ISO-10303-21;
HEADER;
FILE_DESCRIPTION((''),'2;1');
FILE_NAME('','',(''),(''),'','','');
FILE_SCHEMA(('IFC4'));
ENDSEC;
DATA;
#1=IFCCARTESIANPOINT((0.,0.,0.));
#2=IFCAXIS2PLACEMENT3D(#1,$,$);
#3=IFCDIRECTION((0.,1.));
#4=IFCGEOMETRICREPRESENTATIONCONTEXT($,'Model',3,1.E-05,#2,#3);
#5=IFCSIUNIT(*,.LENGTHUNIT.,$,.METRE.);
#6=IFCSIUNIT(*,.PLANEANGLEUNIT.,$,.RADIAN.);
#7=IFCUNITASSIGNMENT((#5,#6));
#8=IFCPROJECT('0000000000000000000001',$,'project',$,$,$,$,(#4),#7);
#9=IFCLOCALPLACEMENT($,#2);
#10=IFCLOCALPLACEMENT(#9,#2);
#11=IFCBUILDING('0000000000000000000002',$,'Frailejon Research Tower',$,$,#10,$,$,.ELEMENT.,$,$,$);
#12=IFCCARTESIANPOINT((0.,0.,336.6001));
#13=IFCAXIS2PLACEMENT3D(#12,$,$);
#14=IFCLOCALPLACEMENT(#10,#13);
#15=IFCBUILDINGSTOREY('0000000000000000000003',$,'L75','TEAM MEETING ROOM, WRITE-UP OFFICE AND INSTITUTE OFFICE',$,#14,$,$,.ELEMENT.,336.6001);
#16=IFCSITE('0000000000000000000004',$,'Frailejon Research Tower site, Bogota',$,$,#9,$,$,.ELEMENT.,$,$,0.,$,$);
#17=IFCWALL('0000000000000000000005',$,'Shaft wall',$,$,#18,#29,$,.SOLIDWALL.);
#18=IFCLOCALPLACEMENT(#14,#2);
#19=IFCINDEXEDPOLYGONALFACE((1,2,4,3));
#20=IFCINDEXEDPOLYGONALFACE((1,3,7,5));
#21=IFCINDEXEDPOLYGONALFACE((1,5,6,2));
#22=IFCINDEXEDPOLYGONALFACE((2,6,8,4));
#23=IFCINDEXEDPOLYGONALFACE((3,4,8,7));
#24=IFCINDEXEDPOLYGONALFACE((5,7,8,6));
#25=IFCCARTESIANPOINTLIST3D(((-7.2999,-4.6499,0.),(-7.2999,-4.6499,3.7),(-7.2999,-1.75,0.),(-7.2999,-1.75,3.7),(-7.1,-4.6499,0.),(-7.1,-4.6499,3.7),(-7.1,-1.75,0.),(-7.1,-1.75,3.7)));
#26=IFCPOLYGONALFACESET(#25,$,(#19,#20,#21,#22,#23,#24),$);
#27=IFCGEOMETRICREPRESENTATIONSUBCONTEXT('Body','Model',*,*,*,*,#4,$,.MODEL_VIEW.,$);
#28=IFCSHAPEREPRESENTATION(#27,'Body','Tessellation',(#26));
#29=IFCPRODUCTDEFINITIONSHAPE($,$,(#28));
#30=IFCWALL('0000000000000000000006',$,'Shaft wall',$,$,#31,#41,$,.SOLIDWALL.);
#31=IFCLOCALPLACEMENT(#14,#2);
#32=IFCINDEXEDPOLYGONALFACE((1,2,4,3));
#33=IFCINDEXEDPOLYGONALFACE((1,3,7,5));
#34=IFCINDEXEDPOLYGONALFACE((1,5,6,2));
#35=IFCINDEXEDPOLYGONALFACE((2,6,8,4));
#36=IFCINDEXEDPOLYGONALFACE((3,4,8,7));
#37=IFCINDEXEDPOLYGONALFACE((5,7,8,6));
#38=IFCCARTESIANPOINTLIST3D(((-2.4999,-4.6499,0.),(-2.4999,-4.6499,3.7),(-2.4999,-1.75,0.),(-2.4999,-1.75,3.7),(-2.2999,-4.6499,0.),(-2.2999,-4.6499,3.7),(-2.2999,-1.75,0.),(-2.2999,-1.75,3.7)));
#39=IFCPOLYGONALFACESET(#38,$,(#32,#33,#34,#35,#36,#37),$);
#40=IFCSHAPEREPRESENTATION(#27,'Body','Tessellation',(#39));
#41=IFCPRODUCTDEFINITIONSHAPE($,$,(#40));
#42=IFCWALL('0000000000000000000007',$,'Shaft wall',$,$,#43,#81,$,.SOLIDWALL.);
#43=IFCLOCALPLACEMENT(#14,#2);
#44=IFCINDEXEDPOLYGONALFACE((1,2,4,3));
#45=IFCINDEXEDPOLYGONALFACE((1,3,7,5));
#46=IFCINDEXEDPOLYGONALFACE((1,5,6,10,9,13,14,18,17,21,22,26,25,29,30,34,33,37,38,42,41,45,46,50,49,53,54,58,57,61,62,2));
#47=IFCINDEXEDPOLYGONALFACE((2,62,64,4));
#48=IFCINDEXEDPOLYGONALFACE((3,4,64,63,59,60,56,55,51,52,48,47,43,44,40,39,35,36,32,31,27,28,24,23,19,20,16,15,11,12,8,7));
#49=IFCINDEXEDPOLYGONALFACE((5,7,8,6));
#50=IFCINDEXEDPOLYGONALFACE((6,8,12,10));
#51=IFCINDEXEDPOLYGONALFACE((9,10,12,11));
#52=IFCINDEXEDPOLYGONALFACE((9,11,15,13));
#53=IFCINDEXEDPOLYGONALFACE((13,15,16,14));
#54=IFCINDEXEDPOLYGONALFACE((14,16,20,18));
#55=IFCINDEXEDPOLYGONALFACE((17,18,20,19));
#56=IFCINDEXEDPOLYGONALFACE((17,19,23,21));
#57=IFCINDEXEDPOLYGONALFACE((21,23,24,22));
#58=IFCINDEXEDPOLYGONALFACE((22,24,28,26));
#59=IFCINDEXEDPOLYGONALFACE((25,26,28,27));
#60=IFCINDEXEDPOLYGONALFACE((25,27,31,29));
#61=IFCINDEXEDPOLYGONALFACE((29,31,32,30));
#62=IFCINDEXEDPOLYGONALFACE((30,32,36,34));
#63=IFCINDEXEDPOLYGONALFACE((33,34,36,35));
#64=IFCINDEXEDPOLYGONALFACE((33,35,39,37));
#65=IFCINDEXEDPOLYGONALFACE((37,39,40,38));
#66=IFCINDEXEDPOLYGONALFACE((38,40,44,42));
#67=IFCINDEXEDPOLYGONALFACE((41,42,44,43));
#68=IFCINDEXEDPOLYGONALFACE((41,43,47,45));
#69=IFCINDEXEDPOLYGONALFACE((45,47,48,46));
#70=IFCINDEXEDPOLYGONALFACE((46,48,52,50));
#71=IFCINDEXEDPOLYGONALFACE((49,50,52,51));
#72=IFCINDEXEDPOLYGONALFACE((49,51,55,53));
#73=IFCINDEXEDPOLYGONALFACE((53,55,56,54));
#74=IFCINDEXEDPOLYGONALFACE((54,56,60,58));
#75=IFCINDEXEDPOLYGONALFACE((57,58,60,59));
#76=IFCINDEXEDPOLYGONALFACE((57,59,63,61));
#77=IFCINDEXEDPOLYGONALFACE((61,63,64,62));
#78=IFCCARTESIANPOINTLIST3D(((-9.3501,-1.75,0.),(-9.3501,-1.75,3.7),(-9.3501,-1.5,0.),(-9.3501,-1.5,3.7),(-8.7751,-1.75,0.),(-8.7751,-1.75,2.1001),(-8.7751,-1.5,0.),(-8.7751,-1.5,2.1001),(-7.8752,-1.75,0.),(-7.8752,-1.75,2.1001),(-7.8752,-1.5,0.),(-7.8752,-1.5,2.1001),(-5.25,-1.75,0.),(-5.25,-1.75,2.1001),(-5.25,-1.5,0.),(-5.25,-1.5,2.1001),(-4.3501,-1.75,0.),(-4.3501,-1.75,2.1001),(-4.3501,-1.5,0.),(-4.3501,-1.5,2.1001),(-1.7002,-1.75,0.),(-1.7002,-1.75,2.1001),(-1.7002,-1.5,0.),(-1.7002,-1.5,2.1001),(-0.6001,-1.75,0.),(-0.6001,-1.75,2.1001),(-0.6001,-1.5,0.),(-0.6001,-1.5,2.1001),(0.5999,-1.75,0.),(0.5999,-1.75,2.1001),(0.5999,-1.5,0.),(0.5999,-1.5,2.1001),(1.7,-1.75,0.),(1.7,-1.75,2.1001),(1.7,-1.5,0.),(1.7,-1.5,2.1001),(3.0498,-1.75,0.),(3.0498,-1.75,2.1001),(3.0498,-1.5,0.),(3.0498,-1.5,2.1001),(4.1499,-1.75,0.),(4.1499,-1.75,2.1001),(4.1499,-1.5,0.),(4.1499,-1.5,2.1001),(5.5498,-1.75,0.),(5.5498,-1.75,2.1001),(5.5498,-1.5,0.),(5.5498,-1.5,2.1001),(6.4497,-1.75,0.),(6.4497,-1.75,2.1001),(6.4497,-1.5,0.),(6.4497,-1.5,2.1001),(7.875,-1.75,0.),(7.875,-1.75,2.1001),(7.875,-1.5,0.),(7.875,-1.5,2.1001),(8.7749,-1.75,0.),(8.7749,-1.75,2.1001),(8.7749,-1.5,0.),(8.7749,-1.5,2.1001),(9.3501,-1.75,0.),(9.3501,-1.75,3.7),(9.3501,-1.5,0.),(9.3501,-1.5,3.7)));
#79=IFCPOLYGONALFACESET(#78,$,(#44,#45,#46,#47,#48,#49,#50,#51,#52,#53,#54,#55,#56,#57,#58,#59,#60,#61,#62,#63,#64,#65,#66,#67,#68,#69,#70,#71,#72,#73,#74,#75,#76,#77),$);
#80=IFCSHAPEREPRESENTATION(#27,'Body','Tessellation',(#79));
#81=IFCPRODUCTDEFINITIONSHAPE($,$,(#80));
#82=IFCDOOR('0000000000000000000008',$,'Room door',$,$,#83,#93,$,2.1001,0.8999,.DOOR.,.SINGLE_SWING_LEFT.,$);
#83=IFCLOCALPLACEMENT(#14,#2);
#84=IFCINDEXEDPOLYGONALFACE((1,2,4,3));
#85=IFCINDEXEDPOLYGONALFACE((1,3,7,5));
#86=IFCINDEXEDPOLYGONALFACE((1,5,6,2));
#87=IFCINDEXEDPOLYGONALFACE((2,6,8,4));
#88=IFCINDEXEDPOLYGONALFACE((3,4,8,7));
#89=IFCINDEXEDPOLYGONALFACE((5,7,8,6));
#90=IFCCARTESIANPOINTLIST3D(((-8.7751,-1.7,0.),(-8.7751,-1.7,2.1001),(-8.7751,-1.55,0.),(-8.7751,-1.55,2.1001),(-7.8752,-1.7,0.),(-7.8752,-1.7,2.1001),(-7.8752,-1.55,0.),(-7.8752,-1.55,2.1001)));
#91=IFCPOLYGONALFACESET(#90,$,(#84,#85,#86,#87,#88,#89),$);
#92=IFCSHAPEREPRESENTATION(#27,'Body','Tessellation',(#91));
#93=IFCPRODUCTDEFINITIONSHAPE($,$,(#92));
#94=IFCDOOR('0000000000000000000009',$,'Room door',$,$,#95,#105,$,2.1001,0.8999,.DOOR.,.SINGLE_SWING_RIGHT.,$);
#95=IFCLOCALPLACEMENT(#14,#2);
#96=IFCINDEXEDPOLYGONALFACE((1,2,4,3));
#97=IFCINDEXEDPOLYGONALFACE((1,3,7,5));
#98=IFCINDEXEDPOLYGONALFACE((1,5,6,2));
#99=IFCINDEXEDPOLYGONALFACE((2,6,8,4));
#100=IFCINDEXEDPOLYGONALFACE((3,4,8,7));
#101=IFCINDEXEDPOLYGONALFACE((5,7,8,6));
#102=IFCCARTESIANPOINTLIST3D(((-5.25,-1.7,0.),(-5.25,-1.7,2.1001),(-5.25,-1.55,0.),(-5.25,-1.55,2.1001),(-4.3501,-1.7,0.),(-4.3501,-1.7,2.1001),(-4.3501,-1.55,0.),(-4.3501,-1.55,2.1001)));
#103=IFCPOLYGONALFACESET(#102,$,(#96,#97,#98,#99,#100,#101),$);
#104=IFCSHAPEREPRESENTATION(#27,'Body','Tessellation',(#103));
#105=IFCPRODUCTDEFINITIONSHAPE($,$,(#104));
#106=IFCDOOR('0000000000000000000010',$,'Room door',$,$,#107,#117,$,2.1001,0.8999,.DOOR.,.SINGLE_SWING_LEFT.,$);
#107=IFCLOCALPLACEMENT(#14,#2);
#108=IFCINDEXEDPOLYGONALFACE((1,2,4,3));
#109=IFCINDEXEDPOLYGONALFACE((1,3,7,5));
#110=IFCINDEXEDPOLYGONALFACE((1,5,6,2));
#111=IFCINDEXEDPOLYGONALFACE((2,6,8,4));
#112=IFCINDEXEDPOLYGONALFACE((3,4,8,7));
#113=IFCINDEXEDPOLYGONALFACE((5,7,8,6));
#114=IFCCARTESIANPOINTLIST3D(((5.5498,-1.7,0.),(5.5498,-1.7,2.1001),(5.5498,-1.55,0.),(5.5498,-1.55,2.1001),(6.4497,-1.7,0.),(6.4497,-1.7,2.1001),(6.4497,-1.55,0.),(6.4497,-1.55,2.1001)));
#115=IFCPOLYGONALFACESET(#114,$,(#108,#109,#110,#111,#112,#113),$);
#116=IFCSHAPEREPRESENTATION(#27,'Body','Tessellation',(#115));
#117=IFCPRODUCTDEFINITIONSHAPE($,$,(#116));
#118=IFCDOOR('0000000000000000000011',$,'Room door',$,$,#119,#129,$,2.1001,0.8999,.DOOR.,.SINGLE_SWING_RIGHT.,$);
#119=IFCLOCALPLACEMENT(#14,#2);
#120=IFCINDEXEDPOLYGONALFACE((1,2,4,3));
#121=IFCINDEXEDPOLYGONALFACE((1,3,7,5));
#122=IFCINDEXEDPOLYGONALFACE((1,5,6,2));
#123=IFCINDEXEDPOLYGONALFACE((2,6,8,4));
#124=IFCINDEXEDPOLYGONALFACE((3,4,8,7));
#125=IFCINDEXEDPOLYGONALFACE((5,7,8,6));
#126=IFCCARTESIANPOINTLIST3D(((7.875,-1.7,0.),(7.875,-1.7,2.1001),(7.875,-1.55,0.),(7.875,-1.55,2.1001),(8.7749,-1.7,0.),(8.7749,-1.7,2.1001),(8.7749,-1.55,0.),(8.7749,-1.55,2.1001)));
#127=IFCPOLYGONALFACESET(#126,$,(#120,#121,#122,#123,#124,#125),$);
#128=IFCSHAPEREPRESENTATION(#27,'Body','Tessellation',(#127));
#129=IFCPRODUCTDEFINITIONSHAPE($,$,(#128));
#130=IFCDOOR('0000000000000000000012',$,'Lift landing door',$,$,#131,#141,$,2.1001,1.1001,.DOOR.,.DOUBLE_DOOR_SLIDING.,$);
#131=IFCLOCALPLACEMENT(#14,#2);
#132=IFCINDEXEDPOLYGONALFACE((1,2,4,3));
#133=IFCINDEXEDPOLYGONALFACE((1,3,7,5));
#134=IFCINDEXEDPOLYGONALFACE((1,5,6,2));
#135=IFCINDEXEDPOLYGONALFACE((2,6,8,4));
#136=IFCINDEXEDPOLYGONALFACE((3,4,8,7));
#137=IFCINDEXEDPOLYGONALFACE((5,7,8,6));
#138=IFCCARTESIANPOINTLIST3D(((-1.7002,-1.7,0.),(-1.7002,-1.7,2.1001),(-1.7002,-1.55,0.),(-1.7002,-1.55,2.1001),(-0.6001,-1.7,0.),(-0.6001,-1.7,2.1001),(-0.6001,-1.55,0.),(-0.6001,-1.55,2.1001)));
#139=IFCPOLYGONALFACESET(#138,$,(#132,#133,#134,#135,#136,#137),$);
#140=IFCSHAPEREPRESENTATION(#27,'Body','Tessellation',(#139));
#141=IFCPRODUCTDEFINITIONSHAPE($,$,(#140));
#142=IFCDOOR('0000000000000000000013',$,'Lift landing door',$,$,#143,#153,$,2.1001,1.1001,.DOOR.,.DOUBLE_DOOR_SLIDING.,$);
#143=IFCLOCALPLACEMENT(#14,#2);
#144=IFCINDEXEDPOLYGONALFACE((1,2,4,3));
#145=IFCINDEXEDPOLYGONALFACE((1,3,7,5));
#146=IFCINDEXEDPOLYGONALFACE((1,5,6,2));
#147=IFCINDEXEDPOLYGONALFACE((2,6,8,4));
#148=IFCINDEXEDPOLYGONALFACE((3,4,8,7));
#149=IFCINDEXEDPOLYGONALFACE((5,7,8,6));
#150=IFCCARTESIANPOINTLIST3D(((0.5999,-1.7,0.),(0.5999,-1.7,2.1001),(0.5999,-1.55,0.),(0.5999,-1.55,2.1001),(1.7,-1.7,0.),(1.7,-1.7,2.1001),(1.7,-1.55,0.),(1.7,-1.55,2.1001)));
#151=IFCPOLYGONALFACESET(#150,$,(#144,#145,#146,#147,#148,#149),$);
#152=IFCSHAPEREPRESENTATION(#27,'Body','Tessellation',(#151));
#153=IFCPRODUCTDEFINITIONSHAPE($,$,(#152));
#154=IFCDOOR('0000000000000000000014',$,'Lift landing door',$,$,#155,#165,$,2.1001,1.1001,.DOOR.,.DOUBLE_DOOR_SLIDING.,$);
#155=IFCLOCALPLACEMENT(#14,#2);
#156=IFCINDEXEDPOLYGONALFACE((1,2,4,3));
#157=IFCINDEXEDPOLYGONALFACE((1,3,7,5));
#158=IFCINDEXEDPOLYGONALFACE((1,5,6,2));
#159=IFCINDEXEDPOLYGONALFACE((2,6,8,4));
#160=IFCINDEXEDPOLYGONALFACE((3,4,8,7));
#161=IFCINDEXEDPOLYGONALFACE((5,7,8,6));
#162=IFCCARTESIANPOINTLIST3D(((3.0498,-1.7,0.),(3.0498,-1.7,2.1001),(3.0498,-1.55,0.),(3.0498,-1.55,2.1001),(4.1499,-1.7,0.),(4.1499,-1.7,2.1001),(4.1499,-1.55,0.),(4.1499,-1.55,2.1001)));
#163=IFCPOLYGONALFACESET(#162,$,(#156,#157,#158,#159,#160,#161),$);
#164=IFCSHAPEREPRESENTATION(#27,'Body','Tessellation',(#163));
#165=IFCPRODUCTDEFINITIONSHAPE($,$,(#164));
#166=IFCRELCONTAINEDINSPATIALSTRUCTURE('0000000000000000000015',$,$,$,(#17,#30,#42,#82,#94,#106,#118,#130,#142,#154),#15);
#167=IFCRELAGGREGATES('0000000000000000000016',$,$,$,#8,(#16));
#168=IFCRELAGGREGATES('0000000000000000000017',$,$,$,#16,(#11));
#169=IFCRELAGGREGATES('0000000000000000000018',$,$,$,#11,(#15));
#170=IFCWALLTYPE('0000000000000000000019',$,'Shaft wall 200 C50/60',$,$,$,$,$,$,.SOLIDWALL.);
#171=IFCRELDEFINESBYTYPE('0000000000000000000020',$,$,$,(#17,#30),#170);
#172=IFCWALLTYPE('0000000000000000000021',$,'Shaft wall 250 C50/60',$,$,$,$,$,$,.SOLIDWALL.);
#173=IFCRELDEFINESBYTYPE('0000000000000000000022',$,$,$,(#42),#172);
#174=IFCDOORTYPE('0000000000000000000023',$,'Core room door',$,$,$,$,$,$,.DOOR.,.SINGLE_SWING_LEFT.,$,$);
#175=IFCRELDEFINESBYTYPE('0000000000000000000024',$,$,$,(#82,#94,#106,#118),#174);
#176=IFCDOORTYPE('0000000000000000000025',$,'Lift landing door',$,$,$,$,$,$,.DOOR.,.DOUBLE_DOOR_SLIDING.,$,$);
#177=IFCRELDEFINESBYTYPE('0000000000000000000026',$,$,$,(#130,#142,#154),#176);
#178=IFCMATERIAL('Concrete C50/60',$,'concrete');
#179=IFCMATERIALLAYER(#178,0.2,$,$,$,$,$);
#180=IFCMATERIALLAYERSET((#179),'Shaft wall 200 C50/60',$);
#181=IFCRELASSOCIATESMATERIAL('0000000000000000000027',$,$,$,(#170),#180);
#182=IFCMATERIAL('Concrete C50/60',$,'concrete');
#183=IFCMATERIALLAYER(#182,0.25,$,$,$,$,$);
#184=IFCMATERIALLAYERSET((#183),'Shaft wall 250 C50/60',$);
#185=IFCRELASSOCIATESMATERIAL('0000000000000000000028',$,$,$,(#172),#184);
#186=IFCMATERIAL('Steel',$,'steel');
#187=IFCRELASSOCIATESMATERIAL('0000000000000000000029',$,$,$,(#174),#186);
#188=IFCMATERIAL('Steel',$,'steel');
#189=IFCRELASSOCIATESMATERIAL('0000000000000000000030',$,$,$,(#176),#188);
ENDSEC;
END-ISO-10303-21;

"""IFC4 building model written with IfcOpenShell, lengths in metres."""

from ifc_helpers import new_model, si_unit, direction, frame, frame_2d, origin, place, context, subcontext, project, spatial, rectangle, extrude, material, layer, layer_set, type_object, element, fill, save


model = new_model("IFC4")

# Units and contexts
model_context = context("Model", 3, precision=1e-05, world=origin(), true_north=direction((0.0, 1.0)))
body_context = subcontext(model_context, "Body", "Model", "MODEL_VIEW")
ifc_project = project(units=[si_unit("LENGTHUNIT", "METRE"), si_unit("PLANEANGLEUNIT", "RADIAN")], contexts=[model_context])

# Site, building, storey
site_placement = place(None, origin())
site = spatial("IfcSite", under=ifc_project, at=site_placement, Name="Frailejon Research Tower site, Bogota", CompositionType="ELEMENT", RefElevation=0.0)
building_placement = place(site_placement, origin())
building = spatial("IfcBuilding", under=site, at=building_placement, Name="Frailejon Research Tower", CompositionType="ELEMENT")
storey_placement = place(building_placement, frame((0.0, 0.0, 336.6001)))
storey = spatial("IfcBuildingStorey", under=building, at=storey_placement, Name="L75", Description="TEAM MEETING ROOM, WRITE-UP OFFICE AND INSTITUTE OFFICE", CompositionType="ELEMENT", Elevation=336.6001)

# Walls
ifc_material_1 = material(Name="Concrete C50/60", Category="concrete")
ifc_layer_1 = layer(ifc_material_1, 0.2)
ifc_layer_set_1 = layer_set([ifc_layer_1], Name="Shaft wall 200 C50/60")
wall_type_1 = type_object("IfcWallType", Name="Shaft wall 200 C50/60", PredefinedType="SOLIDWALL", material=ifc_layer_set_1)
for number, where, z_axis, x_axis, name in (
    (1, (-7.2, -4.6499, 0.0), (0.0, 0.0, 1.0), (0.0, 1.0, 0.0), "Shaft wall"),
    (2, (-2.3999, -4.6499, 0.0), (0.0, 0.0, 1.0), (0.0, 1.0, 0.0), "Shaft wall"),
):
    element("IfcWall", number, at=place(storey_placement, frame(where, z_axis=z_axis, x_axis=x_axis)), inside=storey, type_object=wall_type_1, Name=name, PredefinedType="SOLIDWALL", context=body_context, shape_type="SweptSolid", body=[
        extrude(rectangle(XDim=2.8999, YDim=0.2, at=frame_2d((1.45, 0.0))), origin(), (0.0, 0.0, 1.0), 3.7),
    ])

# Wall, openings, doors
ifc_material_2 = material(Name="Concrete C50/60", Category="concrete")
ifc_layer_2 = layer(ifc_material_2, 0.25)
ifc_layer_set_2 = layer_set([ifc_layer_2], Name="Shaft wall 250 C50/60")
wall_type_2 = type_object("IfcWallType", Name="Shaft wall 250 C50/60", PredefinedType="SOLIDWALL", material=ifc_layer_set_2)
wall_1_placement = place(storey_placement, frame((-9.3501, -1.625, 0.0), z_axis=(0.0, 0.0, 1.0), x_axis=(1.0, 0.0, 0.0)))
wall_1 = element("IfcWall", 3, at=wall_1_placement, inside=storey, type_object=wall_type_2, Name="Shaft wall", PredefinedType="SOLIDWALL", context=body_context, shape_type="SweptSolid", body=[
    extrude(rectangle(XDim=18.7002, YDim=0.25, at=frame_2d((9.3501, 0.0))), origin(), (0.0, 0.0, 1.0), 3.7),
])
opening_1_placement = place(wall_1_placement, frame((7.6499, 0.0, 0.0)))
opening_1 = element("IfcOpeningElement", 4, at=opening_1_placement, cuts=wall_1, PredefinedType="OPENING", context=body_context, shape_type="SweptSolid", body=[
    extrude(rectangle(XDim=1.1001, YDim=2.1001, at=frame_2d((0.55, 1.05))), frame((0.0, 0.135, 0.0), z_axis=(0.0, -1.0, 0.0), x_axis=(1.0, 0.0, 0.0)), (0.0, 0.0, 1.0), 0.27),
])
opening_2_placement = place(wall_1_placement, frame((9.95, 0.0, 0.0)))
opening_2 = element("IfcOpeningElement", 5, at=opening_2_placement, cuts=wall_1, PredefinedType="OPENING", context=body_context, shape_type="SweptSolid", body=[
    extrude(rectangle(XDim=1.1001, YDim=2.1001, at=frame_2d((0.55, 1.05))), frame((0.0, 0.135, 0.0), z_axis=(0.0, -1.0, 0.0), x_axis=(1.0, 0.0, 0.0)), (0.0, 0.0, 1.0), 0.27),
])
opening_3_placement = place(wall_1_placement, frame((12.3999, 0.0, 0.0)))
opening_3 = element("IfcOpeningElement", 6, at=opening_3_placement, cuts=wall_1, PredefinedType="OPENING", context=body_context, shape_type="SweptSolid", body=[
    extrude(rectangle(XDim=1.1001, YDim=2.1001, at=frame_2d((0.55, 1.05))), frame((0.0, 0.135, 0.0), z_axis=(0.0, -1.0, 0.0), x_axis=(1.0, 0.0, 0.0)), (0.0, 0.0, 1.0), 0.27),
])
opening_4_placement = place(wall_1_placement, frame((0.575, 0.0, 0.0)))
opening_4 = element("IfcOpeningElement", 7, at=opening_4_placement, cuts=wall_1, PredefinedType="OPENING", context=body_context, shape_type="SweptSolid", body=[
    extrude(rectangle(XDim=0.8999, YDim=2.1001, at=frame_2d((0.45, 1.05))), frame((0.0, 0.135, 0.0), z_axis=(0.0, -1.0, 0.0), x_axis=(1.0, 0.0, 0.0)), (0.0, 0.0, 1.0), 0.27),
])
opening_5_placement = place(wall_1_placement, frame((4.1001, 0.0, 0.0)))
opening_5 = element("IfcOpeningElement", 8, at=opening_5_placement, cuts=wall_1, PredefinedType="OPENING", context=body_context, shape_type="SweptSolid", body=[
    extrude(rectangle(XDim=0.8999, YDim=2.1001, at=frame_2d((0.45, 1.05))), frame((0.0, 0.135, 0.0), z_axis=(0.0, -1.0, 0.0), x_axis=(1.0, 0.0, 0.0)), (0.0, 0.0, 1.0), 0.27),
])
opening_6_placement = place(wall_1_placement, frame((14.8999, 0.0, 0.0)))
opening_6 = element("IfcOpeningElement", 9, at=opening_6_placement, cuts=wall_1, PredefinedType="OPENING", context=body_context, shape_type="SweptSolid", body=[
    extrude(rectangle(XDim=0.8999, YDim=2.1001, at=frame_2d((0.45, 1.05))), frame((0.0, 0.135, 0.0), z_axis=(0.0, -1.0, 0.0), x_axis=(1.0, 0.0, 0.0)), (0.0, 0.0, 1.0), 0.27),
])
opening_7_placement = place(wall_1_placement, frame((17.2251, 0.0, 0.0)))
opening_7 = element("IfcOpeningElement", 10, at=opening_7_placement, cuts=wall_1, PredefinedType="OPENING", context=body_context, shape_type="SweptSolid", body=[
    extrude(rectangle(XDim=0.8999, YDim=2.1001, at=frame_2d((0.45, 1.05))), frame((0.0, 0.135, 0.0), z_axis=(0.0, -1.0, 0.0), x_axis=(1.0, 0.0, 0.0)), (0.0, 0.0, 1.0), 0.27),
])
ifc_material_3 = material(Name="Steel", Category="steel")
door_type_1 = type_object("IfcDoorType", Name="Core room door", OperationType="SINGLE_SWING_LEFT", PredefinedType="DOOR", material=ifc_material_3)
door_1_placement = place(opening_4_placement, origin())
door_1 = element("IfcDoor", 11, at=door_1_placement, inside=storey, type_object=door_type_1, Name="Room door", OperationType="SINGLE_SWING_LEFT", OverallHeight=2.1001, OverallWidth=0.8999, PredefinedType="DOOR", context=body_context, shape_type="SweptSolid", body=[
    extrude(rectangle(XDim=0.8999, YDim=2.1001, at=frame_2d((0.45, 1.05))), frame((0.0, 0.075, 0.0), z_axis=(0.0, -1.0, 0.0), x_axis=(1.0, 0.0, 0.0)), (0.0, 0.0, 1.0), 0.1499),
])
fill(opening_4, door_1)
door_2_placement = place(opening_5_placement, origin())
door_2 = element("IfcDoor", 12, at=door_2_placement, inside=storey, type_object=door_type_1, Name="Room door", OperationType="SINGLE_SWING_RIGHT", OverallHeight=2.1001, OverallWidth=0.8999, PredefinedType="DOOR", context=body_context, shape_type="SweptSolid", body=[
    extrude(rectangle(XDim=0.8999, YDim=2.1001, at=frame_2d((0.45, 1.05))), frame((0.0, 0.075, 0.0), z_axis=(0.0, -1.0, 0.0), x_axis=(1.0, 0.0, 0.0)), (0.0, 0.0, 1.0), 0.1499),
])
fill(opening_5, door_2)
door_3_placement = place(opening_6_placement, origin())
door_3 = element("IfcDoor", 13, at=door_3_placement, inside=storey, type_object=door_type_1, Name="Room door", OperationType="SINGLE_SWING_LEFT", OverallHeight=2.1001, OverallWidth=0.8999, PredefinedType="DOOR", context=body_context, shape_type="SweptSolid", body=[
    extrude(rectangle(XDim=0.8999, YDim=2.1001, at=frame_2d((0.45, 1.05))), frame((0.0, 0.075, 0.0), z_axis=(0.0, -1.0, 0.0), x_axis=(1.0, 0.0, 0.0)), (0.0, 0.0, 1.0), 0.1499),
])
fill(opening_6, door_3)
door_4_placement = place(opening_7_placement, origin())
door_4 = element("IfcDoor", 14, at=door_4_placement, inside=storey, type_object=door_type_1, Name="Room door", OperationType="SINGLE_SWING_RIGHT", OverallHeight=2.1001, OverallWidth=0.8999, PredefinedType="DOOR", context=body_context, shape_type="SweptSolid", body=[
    extrude(rectangle(XDim=0.8999, YDim=2.1001, at=frame_2d((0.45, 1.05))), frame((0.0, 0.075, 0.0), z_axis=(0.0, -1.0, 0.0), x_axis=(1.0, 0.0, 0.0)), (0.0, 0.0, 1.0), 0.1499),
])
fill(opening_7, door_4)
ifc_material_4 = material(Name="Steel", Category="steel")
door_type_2 = type_object("IfcDoorType", Name="Lift landing door", OperationType="DOUBLE_DOOR_SLIDING", PredefinedType="DOOR", material=ifc_material_4)
door_5_placement = place(opening_1_placement, origin())
door_5 = element("IfcDoor", 15, at=door_5_placement, inside=storey, type_object=door_type_2, Name="Lift landing door", OperationType="DOUBLE_DOOR_SLIDING", OverallHeight=2.1001, OverallWidth=1.1001, PredefinedType="DOOR", context=body_context, shape_type="SweptSolid", body=[
    extrude(rectangle(XDim=1.1001, YDim=2.1001, at=frame_2d((0.55, 1.05))), frame((0.0, 0.075, 0.0), z_axis=(0.0, -1.0, 0.0), x_axis=(1.0, 0.0, 0.0)), (0.0, 0.0, 1.0), 0.1499),
])
fill(opening_1, door_5)
door_6_placement = place(opening_2_placement, origin())
door_6 = element("IfcDoor", 16, at=door_6_placement, inside=storey, type_object=door_type_2, Name="Lift landing door", OperationType="DOUBLE_DOOR_SLIDING", OverallHeight=2.1001, OverallWidth=1.1001, PredefinedType="DOOR", context=body_context, shape_type="SweptSolid", body=[
    extrude(rectangle(XDim=1.1001, YDim=2.1001, at=frame_2d((0.55, 1.05))), frame((0.0, 0.075, 0.0), z_axis=(0.0, -1.0, 0.0), x_axis=(1.0, 0.0, 0.0)), (0.0, 0.0, 1.0), 0.1499),
])
fill(opening_2, door_6)
door_7_placement = place(opening_3_placement, origin())
door_7 = element("IfcDoor", 17, at=door_7_placement, inside=storey, type_object=door_type_2, Name="Lift landing door", OperationType="DOUBLE_DOOR_SLIDING", OverallHeight=2.1001, OverallWidth=1.1001, PredefinedType="DOOR", context=body_context, shape_type="SweptSolid", body=[
    extrude(rectangle(XDim=1.1001, YDim=2.1001, at=frame_2d((0.55, 1.05))), frame((0.0, 0.075, 0.0), z_axis=(0.0, -1.0, 0.0), x_axis=(1.0, 0.0, 0.0)), (0.0, 0.0, 1.0), 0.1499),
])
fill(opening_3, door_7)

save(model, "model.ifc")
